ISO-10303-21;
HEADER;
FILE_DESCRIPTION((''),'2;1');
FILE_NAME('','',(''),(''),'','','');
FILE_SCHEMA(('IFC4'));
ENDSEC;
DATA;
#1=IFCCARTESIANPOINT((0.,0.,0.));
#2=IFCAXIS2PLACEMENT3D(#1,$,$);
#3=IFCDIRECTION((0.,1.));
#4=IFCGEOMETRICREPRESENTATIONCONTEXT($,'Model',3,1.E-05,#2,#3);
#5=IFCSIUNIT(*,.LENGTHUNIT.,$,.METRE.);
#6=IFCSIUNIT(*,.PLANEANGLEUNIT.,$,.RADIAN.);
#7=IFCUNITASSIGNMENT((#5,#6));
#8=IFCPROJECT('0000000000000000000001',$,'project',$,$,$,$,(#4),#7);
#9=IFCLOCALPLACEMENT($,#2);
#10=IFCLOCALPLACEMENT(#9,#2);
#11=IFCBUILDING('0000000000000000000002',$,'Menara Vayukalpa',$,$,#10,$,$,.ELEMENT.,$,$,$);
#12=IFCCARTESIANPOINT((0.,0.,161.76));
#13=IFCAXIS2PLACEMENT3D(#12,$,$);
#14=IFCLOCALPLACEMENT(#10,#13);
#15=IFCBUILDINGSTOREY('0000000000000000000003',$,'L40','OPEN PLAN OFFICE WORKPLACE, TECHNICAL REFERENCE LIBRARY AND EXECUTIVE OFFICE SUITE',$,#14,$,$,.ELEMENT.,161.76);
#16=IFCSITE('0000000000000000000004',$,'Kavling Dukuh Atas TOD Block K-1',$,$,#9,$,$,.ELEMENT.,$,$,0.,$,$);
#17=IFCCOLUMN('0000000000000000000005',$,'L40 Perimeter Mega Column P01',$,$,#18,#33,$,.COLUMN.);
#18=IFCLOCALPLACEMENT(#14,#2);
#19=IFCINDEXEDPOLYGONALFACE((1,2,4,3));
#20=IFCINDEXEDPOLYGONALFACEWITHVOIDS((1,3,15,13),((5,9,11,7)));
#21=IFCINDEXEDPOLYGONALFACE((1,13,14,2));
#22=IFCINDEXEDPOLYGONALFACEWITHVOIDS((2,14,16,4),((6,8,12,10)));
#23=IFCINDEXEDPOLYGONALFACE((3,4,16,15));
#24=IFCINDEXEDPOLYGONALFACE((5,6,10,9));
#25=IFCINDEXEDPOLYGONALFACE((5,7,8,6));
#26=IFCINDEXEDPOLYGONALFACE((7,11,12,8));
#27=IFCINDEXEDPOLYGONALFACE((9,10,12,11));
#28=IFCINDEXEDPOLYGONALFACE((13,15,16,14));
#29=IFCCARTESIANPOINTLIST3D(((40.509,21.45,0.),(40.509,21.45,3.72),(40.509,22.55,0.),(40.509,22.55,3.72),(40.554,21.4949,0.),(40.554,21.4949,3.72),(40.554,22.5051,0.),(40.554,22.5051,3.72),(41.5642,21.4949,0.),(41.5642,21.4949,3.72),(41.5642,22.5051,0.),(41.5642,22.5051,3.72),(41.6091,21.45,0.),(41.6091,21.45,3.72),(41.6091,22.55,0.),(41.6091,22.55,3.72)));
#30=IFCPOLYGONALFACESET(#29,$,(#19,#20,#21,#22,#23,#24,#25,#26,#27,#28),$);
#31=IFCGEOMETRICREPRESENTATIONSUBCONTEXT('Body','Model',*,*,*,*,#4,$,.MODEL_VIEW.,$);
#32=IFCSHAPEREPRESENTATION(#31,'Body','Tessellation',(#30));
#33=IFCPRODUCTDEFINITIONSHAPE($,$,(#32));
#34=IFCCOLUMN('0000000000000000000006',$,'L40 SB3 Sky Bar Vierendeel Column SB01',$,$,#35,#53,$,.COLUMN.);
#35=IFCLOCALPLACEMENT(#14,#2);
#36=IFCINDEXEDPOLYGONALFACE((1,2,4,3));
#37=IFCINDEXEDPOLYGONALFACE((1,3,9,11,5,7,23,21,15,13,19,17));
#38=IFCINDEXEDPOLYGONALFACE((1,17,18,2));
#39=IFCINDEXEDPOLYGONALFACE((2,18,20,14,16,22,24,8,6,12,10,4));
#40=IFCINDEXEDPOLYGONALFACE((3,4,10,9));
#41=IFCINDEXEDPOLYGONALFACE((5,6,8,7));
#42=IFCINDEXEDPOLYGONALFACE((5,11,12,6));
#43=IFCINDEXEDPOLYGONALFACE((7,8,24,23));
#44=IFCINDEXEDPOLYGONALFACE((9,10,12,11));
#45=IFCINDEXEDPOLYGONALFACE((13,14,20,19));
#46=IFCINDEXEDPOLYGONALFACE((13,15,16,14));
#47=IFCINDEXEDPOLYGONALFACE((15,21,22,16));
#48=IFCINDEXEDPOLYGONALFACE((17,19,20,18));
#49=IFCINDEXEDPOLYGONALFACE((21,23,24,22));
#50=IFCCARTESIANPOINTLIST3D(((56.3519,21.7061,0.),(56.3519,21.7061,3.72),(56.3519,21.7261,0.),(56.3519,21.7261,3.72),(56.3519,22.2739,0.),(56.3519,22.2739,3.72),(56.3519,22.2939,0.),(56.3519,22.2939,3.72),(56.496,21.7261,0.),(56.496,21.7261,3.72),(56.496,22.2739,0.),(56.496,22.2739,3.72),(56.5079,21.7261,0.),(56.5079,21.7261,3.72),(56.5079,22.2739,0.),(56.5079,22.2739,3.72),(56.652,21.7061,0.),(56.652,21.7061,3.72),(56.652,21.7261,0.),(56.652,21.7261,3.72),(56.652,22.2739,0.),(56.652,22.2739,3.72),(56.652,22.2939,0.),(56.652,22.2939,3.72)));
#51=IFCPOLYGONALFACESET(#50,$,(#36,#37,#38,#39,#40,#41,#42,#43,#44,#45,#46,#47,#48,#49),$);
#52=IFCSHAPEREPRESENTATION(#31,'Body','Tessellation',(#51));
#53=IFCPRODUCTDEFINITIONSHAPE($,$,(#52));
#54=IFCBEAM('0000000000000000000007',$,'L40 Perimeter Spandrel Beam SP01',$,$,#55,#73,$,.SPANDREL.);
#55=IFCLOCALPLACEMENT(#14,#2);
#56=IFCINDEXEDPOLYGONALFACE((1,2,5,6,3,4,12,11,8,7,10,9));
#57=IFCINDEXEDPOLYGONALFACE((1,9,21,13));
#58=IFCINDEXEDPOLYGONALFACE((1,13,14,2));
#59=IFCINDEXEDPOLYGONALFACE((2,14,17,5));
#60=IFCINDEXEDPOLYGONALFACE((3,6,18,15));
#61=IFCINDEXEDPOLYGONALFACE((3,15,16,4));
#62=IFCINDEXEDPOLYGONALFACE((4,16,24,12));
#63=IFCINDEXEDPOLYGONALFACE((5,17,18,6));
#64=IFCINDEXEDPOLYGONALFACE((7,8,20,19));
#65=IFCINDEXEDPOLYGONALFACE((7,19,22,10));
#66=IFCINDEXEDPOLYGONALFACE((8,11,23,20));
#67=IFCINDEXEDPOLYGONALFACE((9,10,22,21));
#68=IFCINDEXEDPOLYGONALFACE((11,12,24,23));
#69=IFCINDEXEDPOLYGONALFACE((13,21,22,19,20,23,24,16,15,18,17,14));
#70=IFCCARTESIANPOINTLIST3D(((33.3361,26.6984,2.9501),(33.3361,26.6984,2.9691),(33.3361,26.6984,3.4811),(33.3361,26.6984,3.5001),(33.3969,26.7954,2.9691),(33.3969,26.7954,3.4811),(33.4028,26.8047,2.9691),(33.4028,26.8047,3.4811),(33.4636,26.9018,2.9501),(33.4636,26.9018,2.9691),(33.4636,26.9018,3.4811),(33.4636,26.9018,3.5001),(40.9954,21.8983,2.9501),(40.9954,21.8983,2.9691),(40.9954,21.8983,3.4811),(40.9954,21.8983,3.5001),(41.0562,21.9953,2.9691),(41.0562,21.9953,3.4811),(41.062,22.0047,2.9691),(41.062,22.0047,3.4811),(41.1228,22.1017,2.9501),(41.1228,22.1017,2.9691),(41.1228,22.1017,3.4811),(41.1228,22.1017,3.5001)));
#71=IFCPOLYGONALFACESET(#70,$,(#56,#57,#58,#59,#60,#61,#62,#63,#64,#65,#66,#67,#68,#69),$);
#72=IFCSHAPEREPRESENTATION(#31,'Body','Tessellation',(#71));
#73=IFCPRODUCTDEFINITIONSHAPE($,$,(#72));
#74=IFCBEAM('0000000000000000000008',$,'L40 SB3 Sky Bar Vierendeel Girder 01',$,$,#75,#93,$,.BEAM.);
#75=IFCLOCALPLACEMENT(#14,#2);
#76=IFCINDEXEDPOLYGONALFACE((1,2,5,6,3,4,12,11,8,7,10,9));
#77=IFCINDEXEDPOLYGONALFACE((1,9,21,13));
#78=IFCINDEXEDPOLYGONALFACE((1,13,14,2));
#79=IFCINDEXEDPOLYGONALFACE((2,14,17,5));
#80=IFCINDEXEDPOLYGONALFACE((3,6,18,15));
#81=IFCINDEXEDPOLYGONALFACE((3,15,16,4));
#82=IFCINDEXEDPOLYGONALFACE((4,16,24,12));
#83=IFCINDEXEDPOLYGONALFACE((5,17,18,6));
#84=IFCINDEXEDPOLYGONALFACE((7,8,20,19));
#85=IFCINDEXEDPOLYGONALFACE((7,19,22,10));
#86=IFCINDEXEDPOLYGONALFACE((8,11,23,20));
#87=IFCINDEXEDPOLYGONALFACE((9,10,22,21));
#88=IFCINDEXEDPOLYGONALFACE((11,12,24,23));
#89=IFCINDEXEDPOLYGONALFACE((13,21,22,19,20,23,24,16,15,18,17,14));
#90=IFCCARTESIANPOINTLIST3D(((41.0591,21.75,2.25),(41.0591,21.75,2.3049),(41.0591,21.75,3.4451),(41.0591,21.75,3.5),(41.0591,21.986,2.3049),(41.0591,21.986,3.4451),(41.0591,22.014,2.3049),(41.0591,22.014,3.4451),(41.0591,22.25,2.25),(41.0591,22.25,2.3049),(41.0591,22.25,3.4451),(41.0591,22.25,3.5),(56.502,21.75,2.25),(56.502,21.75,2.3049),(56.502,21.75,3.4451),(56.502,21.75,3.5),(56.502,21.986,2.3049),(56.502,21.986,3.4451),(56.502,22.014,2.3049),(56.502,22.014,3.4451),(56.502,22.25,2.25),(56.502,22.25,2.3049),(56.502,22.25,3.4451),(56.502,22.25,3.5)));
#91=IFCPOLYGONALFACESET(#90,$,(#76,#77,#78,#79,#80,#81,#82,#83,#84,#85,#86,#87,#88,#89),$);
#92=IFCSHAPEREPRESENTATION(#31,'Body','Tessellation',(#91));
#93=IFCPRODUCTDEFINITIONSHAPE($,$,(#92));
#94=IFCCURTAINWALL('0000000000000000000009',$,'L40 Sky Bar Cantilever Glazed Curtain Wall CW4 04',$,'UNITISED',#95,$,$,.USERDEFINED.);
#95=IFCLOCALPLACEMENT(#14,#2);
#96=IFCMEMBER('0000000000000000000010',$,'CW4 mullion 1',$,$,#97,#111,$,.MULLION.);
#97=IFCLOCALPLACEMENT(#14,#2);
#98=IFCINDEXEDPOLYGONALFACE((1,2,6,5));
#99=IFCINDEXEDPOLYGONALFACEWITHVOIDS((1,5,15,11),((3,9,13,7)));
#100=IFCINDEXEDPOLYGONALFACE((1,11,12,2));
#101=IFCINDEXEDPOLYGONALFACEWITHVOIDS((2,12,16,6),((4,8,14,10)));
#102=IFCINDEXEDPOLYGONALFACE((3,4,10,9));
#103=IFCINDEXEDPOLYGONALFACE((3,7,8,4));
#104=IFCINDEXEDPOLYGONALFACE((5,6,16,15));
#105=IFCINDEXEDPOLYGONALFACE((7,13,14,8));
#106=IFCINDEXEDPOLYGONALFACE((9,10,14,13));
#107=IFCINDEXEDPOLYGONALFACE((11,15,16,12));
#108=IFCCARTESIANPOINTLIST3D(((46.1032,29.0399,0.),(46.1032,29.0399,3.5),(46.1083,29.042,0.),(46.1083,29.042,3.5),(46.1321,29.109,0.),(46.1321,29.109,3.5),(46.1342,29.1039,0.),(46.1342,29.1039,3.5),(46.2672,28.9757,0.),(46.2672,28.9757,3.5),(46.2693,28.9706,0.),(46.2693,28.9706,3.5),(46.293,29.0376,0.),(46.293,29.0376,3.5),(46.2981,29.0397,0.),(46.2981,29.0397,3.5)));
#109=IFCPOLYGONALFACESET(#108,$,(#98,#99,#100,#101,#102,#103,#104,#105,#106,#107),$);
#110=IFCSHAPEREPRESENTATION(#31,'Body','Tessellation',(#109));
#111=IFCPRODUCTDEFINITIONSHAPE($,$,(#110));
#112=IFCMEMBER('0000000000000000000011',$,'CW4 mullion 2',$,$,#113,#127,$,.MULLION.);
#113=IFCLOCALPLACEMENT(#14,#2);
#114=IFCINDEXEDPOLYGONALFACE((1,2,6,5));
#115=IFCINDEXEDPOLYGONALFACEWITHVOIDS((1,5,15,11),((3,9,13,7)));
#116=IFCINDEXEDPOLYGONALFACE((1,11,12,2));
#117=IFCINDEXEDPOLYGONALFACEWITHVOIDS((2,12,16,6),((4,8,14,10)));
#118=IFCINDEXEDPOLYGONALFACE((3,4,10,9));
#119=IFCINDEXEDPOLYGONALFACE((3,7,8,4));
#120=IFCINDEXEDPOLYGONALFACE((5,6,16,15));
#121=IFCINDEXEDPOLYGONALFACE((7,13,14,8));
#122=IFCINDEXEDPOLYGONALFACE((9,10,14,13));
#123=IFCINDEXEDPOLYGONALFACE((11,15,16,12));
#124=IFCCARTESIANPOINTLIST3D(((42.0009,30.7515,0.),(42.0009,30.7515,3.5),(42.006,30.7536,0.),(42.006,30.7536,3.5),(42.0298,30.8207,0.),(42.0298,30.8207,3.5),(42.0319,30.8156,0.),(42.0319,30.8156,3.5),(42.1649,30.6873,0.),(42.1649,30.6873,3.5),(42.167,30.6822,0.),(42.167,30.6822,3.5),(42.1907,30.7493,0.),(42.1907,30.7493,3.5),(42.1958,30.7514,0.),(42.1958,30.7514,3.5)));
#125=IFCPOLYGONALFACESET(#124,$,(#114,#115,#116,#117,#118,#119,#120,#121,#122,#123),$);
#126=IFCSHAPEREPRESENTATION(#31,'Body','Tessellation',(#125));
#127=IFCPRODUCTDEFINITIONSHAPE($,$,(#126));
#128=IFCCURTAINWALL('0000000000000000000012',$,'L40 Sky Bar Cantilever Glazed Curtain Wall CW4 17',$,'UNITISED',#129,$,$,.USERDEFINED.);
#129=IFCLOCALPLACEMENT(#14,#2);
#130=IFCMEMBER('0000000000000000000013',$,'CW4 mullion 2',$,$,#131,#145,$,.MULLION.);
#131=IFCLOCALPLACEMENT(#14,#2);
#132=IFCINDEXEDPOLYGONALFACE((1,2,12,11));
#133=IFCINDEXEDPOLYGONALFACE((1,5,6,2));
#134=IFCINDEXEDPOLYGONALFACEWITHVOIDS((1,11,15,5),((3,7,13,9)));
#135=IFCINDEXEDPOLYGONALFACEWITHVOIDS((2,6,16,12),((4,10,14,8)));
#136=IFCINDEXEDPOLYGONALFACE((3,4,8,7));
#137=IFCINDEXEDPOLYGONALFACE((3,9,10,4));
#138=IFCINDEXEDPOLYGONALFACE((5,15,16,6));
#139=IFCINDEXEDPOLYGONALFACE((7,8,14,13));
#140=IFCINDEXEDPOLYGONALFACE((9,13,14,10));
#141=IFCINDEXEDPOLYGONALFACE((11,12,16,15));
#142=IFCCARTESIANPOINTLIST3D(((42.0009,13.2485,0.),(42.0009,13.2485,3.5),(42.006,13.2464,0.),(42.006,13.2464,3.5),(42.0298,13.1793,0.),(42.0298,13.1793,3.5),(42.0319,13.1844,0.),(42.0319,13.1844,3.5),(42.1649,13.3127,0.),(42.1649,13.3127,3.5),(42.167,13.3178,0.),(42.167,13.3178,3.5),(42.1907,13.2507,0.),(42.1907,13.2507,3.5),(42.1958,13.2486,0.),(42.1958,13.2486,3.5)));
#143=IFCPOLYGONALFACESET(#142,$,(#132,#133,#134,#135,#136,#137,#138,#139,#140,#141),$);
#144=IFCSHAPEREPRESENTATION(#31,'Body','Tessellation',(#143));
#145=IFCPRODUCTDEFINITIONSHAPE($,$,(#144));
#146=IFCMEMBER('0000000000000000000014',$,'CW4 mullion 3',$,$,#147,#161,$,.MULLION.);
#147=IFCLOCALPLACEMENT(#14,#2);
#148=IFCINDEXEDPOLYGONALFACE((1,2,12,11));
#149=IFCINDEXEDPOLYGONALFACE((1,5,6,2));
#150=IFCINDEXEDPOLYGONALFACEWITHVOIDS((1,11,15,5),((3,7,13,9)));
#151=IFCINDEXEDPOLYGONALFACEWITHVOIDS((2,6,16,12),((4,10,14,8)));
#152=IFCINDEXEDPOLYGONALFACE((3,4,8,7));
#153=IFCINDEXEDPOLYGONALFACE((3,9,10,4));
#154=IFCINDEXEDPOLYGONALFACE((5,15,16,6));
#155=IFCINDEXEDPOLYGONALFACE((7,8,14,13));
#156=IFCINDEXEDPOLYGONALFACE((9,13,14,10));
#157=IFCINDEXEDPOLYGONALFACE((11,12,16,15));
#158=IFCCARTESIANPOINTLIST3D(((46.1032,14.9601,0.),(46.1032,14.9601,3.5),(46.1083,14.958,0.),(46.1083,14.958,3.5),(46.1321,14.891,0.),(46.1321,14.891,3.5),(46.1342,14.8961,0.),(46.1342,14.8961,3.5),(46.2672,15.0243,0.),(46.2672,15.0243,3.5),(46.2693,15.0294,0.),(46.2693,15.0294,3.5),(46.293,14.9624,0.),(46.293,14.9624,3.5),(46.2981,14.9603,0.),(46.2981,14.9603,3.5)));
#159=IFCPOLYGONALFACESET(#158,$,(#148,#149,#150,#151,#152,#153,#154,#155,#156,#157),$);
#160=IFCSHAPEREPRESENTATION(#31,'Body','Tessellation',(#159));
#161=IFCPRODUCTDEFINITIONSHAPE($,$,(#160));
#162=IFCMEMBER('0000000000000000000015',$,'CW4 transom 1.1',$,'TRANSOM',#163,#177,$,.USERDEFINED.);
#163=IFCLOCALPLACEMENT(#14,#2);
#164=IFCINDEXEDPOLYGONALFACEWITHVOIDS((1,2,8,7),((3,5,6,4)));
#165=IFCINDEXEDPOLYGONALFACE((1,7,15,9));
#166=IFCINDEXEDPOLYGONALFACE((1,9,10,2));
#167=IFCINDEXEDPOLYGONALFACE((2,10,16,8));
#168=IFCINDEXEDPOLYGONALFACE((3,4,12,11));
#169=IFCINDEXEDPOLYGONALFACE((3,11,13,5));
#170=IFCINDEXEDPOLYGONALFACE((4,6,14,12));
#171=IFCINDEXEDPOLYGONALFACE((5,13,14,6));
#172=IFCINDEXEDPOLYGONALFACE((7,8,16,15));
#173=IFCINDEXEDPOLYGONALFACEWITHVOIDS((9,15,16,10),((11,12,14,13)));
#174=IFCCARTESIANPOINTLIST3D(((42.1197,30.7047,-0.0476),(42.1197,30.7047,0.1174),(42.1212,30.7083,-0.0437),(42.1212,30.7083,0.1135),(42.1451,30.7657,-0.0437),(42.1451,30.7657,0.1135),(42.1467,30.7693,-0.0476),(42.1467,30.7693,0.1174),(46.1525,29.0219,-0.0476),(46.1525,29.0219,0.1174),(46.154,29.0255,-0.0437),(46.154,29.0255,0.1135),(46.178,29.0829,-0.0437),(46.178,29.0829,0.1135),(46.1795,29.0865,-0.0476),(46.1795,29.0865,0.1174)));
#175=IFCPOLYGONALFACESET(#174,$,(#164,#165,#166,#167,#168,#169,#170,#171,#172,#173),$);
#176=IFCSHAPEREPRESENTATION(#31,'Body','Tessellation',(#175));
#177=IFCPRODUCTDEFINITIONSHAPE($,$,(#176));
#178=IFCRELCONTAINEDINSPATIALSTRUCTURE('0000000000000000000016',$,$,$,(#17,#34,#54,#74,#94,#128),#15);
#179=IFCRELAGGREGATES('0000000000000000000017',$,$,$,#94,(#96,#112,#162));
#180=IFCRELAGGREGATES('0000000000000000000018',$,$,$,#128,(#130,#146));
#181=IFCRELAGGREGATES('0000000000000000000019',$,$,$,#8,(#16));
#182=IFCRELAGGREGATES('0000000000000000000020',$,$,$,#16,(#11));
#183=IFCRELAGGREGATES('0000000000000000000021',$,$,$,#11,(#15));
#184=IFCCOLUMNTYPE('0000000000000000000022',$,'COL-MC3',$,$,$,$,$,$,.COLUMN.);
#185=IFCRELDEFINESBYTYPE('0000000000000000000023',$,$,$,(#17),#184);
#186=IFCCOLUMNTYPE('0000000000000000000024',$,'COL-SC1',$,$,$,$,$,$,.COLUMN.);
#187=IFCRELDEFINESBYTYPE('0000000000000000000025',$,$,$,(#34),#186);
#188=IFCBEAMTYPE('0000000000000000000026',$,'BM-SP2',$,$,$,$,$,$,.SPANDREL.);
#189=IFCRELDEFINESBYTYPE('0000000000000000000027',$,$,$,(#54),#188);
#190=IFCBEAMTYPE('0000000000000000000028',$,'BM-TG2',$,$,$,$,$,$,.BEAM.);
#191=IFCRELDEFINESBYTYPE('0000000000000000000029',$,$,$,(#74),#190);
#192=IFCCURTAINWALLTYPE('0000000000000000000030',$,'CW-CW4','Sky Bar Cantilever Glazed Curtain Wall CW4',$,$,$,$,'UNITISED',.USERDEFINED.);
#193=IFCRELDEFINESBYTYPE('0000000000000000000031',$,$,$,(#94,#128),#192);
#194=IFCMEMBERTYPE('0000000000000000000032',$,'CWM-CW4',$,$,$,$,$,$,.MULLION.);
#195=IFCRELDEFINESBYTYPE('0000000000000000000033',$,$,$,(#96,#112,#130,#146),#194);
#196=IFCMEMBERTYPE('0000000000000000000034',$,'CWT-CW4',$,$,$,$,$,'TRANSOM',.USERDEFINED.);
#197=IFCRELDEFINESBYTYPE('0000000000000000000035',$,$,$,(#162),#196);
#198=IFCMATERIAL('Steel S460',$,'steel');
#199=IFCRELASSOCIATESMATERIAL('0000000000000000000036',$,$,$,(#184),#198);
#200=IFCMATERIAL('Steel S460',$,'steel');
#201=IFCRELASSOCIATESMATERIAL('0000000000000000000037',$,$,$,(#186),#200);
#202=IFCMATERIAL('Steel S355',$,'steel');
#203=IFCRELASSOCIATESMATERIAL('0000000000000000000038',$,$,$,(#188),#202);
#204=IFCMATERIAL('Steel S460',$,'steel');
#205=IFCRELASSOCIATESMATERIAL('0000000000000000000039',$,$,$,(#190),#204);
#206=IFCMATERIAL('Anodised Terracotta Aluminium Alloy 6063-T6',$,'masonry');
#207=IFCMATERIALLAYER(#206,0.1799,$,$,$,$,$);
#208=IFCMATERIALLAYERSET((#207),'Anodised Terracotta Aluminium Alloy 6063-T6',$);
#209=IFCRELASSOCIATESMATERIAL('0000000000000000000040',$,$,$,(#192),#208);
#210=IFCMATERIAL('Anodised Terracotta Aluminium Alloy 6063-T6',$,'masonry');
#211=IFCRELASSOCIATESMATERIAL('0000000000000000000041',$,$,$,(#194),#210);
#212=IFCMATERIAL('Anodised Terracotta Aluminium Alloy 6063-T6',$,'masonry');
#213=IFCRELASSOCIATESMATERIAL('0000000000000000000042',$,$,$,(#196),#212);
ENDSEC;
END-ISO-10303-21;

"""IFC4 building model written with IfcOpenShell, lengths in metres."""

from ifc_helpers import new_model, si_unit, direction, frame, origin, origin_2d, place, context, subcontext, project, spatial, hollow_rectangle, i_section, extrude, material, layer, layer_set, material_profile, profile_set, type_object, element, aggregate, save


model = new_model("IFC4")

# Units and contexts
model_context = context("Model", 3, precision=1e-05, world=origin(), true_north=direction((0.0, 1.0)))
body_context = subcontext(model_context, "Body", "Model", "MODEL_VIEW")
ifc_project = project(units=[si_unit("LENGTHUNIT", "METRE"), si_unit("PLANEANGLEUNIT", "RADIAN")], contexts=[model_context])

# Site, building, storey
site_placement = place(None, origin())
site = spatial("IfcSite", under=ifc_project, at=site_placement, Name="Kavling Dukuh Atas TOD Block K-1", CompositionType="ELEMENT", RefElevation=0.0)
building_placement = place(site_placement, origin())
building = spatial("IfcBuilding", under=site, at=building_placement, Name="Menara Vayukalpa", CompositionType="ELEMENT")
storey_placement = place(building_placement, frame((0.0, 0.0, 161.76)))
storey = spatial("IfcBuildingStorey", under=building, at=storey_placement, Name="L40", Description="OPEN PLAN OFFICE WORKPLACE, TECHNICAL REFERENCE LIBRARY AND EXECUTIVE OFFICE SUITE", CompositionType="ELEMENT", Elevation=161.76)

# Columns
ifc_material_1 = material(Name="Steel S460", Category="steel")
ifc_material_profile_1 = material_profile(ifc_material_1, hollow_rectangle(XDim=1.1001, YDim=1.1001, WallThickness=0.0449, at=origin_2d()), Name="BOX 1100x1100x45")
ifc_profile_set_1 = profile_set([ifc_material_profile_1], Name="Steel S460")
column_type_1 = type_object("IfcColumnType", Name="COL-MC3", PredefinedType="COLUMN", material=ifc_profile_set_1)
column_1_placement = place(storey_placement, frame((41.0591, 22.0, 0.0), z_axis=(0.0, 0.0, 1.0), x_axis=(1.0, 0.0, 0.0)))
element("IfcColumn", 1, at=column_1_placement, inside=storey, type_object=column_type_1, Name="L40 Perimeter Mega Column P01", PredefinedType="COLUMN", context=body_context, shape_type="SweptSolid", body=[
    extrude(hollow_rectangle(XDim=1.1001, YDim=1.1001, WallThickness=0.0449, at=origin_2d()), origin(), (0.0, 0.0, 1.0), 3.72),
])
ifc_material_2 = material(Name="Steel S460", Category="steel")
ifc_material_profile_2 = material_profile(ifc_material_2, i_section(OverallWidth=0.3, OverallDepth=0.5879, WebThickness=0.012, FlangeThickness=0.02, at=origin_2d()), Name="H 588x300x12x20")
ifc_profile_set_2 = profile_set([ifc_material_profile_2], Name="Steel S460")
column_type_2 = type_object("IfcColumnType", Name="COL-SC1", PredefinedType="COLUMN", material=ifc_profile_set_2)
column_2_placement = place(storey_placement, frame((56.502, 22.0, 0.0), z_axis=(0.0, 0.0, 1.0), x_axis=(1.0, 0.0, 0.0)))
element("IfcColumn", 2, at=column_2_placement, inside=storey, type_object=column_type_2, Name="L40 SB3 Sky Bar Vierendeel Column SB01", PredefinedType="COLUMN", context=body_context, shape_type="SweptSolid", body=[
    extrude(i_section(OverallWidth=0.3, OverallDepth=0.5879, WebThickness=0.012, FlangeThickness=0.02, at=origin_2d()), origin(), (0.0, 0.0, 1.0), 3.72),
])

# Beams
ifc_material_3 = material(Name="Steel S355", Category="steel")
ifc_material_profile_3 = material_profile(ifc_material_3, i_section(OverallWidth=0.24, OverallDepth=0.55, WebThickness=0.011, FlangeThickness=0.019, at=origin_2d()), Name="WF 550x240x11x19")
ifc_profile_set_3 = profile_set([ifc_material_profile_3], Name="Steel S355")
beam_type_1 = type_object("IfcBeamType", Name="BM-SP2", PredefinedType="SPANDREL", material=ifc_profile_set_3)
beam_1_placement = place(storey_placement, frame((41.0591, 22.0, 3.2251), z_axis=(-0.847348, 0.531038, 0.0), x_axis=(-0.531038, -0.847348, 0.0)))
element("IfcBeam", 3, at=beam_1_placement, inside=storey, type_object=beam_type_1, Name="L40 Perimeter Spandrel Beam SP01", PredefinedType="SPANDREL", context=body_context, shape_type="SweptSolid", body=[
    extrude(i_section(OverallWidth=0.24, OverallDepth=0.55, WebThickness=0.011, FlangeThickness=0.019, at=origin_2d()), origin(), (0.0, 0.0, 1.0), 9.0391),
])
ifc_material_4 = material(Name="Steel S460", Category="steel")
ifc_material_profile_4 = material_profile(ifc_material_4, i_section(OverallWidth=0.5, OverallDepth=1.25, WebThickness=0.0281, FlangeThickness=0.0549, at=origin_2d()), Name="WG 1250x500x28x55")
ifc_profile_set_4 = profile_set([ifc_material_profile_4], Name="Steel S460")
beam_type_2 = type_object("IfcBeamType", Name="BM-TG2", PredefinedType="BEAM", material=ifc_profile_set_4)
beam_2_placement = place(storey_placement, frame((41.0591, 22.0, 2.875), z_axis=(1.0, 0.0, 0.0), x_axis=(0.0, 1.0, 0.0)))
element("IfcBeam", 4, at=beam_2_placement, inside=storey, type_object=beam_type_2, Name="L40 SB3 Sky Bar Vierendeel Girder 01", PredefinedType="BEAM", context=body_context, shape_type="SweptSolid", body=[
    extrude(i_section(OverallWidth=0.5, OverallDepth=1.25, WebThickness=0.0281, FlangeThickness=0.0549, at=origin_2d()), origin(), (0.0, 0.0, 1.0), 15.4429),
])

# Curtain walls, members
ifc_material_5 = material(Name="Anodised Terracotta Aluminium Alloy 6063-T6", Category="masonry")
ifc_layer_1 = layer(ifc_material_5, 0.1799)
ifc_layer_set_1 = layer_set([ifc_layer_1], Name="Anodised Terracotta Aluminium Alloy 6063-T6")
curtain_wall_type = type_object("IfcCurtainWallType", Name="CW-CW4", Description="Sky Bar Cantilever Glazed Curtain Wall CW4", ElementType="UNITISED", PredefinedType="USERDEFINED", material=ifc_layer_set_1)
curtain_wall_1_placement = place(storey_placement, origin())
curtain_wall_1 = element("IfcCurtainWall", 5, at=curtain_wall_1_placement, inside=storey, type_object=curtain_wall_type, Name="L40 Sky Bar Cantilever Glazed Curtain Wall CW4 04", ObjectType="UNITISED", PredefinedType="USERDEFINED")
ifc_material_6 = material(Name="Anodised Terracotta Aluminium Alloy 6063-T6", Category="masonry")
ifc_material_profile_5 = material_profile(ifc_material_6, hollow_rectangle(XDim=0.075, YDim=0.1799, WallThickness=0.0039, at=origin_2d()), Name="ALU 75x180x4")
ifc_profile_set_5 = profile_set([ifc_material_profile_5], Name="Anodised Terracotta Aluminium Alloy 6063-T6")
member_type_1 = type_object("IfcMemberType", Name="CWM-CW4", PredefinedType="MULLION", material=ifc_profile_set_5)
member_1_placement = place(storey_placement, frame((46.2007, 29.0398, 0.0), z_axis=(0.0, 0.0, 1.0), x_axis=(-0.385091, -0.922878, 0.0)))
member_1 = element("IfcMember", 6, at=member_1_placement, type_object=member_type_1, Name="CW4 mullion 1", PredefinedType="MULLION", context=body_context, shape_type="SweptSolid", body=[
    extrude(hollow_rectangle(XDim=0.075, YDim=0.1799, WallThickness=0.0039, at=origin_2d()), origin(), (0.0, 0.0, 1.0), 3.5),
])
member_2_placement = place(storey_placement, frame((42.0984, 30.7515, 0.0), z_axis=(0.0, 0.0, 1.0), x_axis=(-0.385091, -0.922878, 0.0)))
member_2 = element("IfcMember", 7, at=member_2_placement, type_object=member_type_1, Name="CW4 mullion 2", PredefinedType="MULLION", context=body_context, shape_type="SweptSolid", body=[
    extrude(hollow_rectangle(XDim=0.075, YDim=0.1799, WallThickness=0.0039, at=origin_2d()), origin(), (0.0, 0.0, 1.0), 3.5),
])
curtain_wall_2_placement = place(storey_placement, origin())
curtain_wall_2 = element("IfcCurtainWall", 8, at=curtain_wall_2_placement, inside=storey, type_object=curtain_wall_type, Name="L40 Sky Bar Cantilever Glazed Curtain Wall CW4 17", ObjectType="UNITISED", PredefinedType="USERDEFINED")
member_3_placement = place(storey_placement, frame((42.0984, 13.2485, 0.0), z_axis=(0.0, 0.0, 1.0), x_axis=(-0.385091, 0.922878, 0.0)))
member_3 = element("IfcMember", 9, at=member_3_placement, type_object=member_type_1, Name="CW4 mullion 2", PredefinedType="MULLION", context=body_context, shape_type="SweptSolid", body=[
    extrude(hollow_rectangle(XDim=0.075, YDim=0.1799, WallThickness=0.0039, at=origin_2d()), origin(), (0.0, 0.0, 1.0), 3.5),
])
member_4_placement = place(storey_placement, frame((46.2007, 14.9602, 0.0), z_axis=(0.0, 0.0, 1.0), x_axis=(-0.385091, 0.922878, 0.0)))
member_4 = element("IfcMember", 10, at=member_4_placement, type_object=member_type_1, Name="CW4 mullion 3", PredefinedType="MULLION", context=body_context, shape_type="SweptSolid", body=[
    extrude(hollow_rectangle(XDim=0.075, YDim=0.1799, WallThickness=0.0039, at=origin_2d()), origin(), (0.0, 0.0, 1.0), 3.5),
])

# Member
ifc_material_7 = material(Name="Anodised Terracotta Aluminium Alloy 6063-T6", Category="masonry")
ifc_material_profile_6 = material_profile(ifc_material_7, hollow_rectangle(XDim=0.0701, YDim=0.165, WallThickness=0.0039, at=origin_2d()), Name="ALU 70x165x4")
ifc_profile_set_6 = profile_set([ifc_material_profile_6], Name="Anodised Terracotta Aluminium Alloy 6063-T6")
member_type_2 = type_object("IfcMemberType", Name="CWT-CW4", ElementType="TRANSOM", PredefinedType="USERDEFINED", material=ifc_profile_set_6)
member_5_placement = place(storey_placement, frame((46.166, 29.0542, 0.0349), z_axis=(-0.922877, 0.385095, 0.0), x_axis=(-0.385095, -0.922877, 0.0)))
member_5 = element("IfcMember", 11, at=member_5_placement, type_object=member_type_2, Name="CW4 transom 1.1", ObjectType="TRANSOM", PredefinedType="USERDEFINED", context=body_context, shape_type="SweptSolid", body=[
    extrude(hollow_rectangle(XDim=0.0701, YDim=0.165, WallThickness=0.0039, at=origin_2d()), origin(), (0.0, 0.0, 1.0), 4.3699),
])

aggregate(curtain_wall_1, [member_1, member_2, member_5])
aggregate(curtain_wall_2, [member_3, member_4])

save(model, "model.ifc")
